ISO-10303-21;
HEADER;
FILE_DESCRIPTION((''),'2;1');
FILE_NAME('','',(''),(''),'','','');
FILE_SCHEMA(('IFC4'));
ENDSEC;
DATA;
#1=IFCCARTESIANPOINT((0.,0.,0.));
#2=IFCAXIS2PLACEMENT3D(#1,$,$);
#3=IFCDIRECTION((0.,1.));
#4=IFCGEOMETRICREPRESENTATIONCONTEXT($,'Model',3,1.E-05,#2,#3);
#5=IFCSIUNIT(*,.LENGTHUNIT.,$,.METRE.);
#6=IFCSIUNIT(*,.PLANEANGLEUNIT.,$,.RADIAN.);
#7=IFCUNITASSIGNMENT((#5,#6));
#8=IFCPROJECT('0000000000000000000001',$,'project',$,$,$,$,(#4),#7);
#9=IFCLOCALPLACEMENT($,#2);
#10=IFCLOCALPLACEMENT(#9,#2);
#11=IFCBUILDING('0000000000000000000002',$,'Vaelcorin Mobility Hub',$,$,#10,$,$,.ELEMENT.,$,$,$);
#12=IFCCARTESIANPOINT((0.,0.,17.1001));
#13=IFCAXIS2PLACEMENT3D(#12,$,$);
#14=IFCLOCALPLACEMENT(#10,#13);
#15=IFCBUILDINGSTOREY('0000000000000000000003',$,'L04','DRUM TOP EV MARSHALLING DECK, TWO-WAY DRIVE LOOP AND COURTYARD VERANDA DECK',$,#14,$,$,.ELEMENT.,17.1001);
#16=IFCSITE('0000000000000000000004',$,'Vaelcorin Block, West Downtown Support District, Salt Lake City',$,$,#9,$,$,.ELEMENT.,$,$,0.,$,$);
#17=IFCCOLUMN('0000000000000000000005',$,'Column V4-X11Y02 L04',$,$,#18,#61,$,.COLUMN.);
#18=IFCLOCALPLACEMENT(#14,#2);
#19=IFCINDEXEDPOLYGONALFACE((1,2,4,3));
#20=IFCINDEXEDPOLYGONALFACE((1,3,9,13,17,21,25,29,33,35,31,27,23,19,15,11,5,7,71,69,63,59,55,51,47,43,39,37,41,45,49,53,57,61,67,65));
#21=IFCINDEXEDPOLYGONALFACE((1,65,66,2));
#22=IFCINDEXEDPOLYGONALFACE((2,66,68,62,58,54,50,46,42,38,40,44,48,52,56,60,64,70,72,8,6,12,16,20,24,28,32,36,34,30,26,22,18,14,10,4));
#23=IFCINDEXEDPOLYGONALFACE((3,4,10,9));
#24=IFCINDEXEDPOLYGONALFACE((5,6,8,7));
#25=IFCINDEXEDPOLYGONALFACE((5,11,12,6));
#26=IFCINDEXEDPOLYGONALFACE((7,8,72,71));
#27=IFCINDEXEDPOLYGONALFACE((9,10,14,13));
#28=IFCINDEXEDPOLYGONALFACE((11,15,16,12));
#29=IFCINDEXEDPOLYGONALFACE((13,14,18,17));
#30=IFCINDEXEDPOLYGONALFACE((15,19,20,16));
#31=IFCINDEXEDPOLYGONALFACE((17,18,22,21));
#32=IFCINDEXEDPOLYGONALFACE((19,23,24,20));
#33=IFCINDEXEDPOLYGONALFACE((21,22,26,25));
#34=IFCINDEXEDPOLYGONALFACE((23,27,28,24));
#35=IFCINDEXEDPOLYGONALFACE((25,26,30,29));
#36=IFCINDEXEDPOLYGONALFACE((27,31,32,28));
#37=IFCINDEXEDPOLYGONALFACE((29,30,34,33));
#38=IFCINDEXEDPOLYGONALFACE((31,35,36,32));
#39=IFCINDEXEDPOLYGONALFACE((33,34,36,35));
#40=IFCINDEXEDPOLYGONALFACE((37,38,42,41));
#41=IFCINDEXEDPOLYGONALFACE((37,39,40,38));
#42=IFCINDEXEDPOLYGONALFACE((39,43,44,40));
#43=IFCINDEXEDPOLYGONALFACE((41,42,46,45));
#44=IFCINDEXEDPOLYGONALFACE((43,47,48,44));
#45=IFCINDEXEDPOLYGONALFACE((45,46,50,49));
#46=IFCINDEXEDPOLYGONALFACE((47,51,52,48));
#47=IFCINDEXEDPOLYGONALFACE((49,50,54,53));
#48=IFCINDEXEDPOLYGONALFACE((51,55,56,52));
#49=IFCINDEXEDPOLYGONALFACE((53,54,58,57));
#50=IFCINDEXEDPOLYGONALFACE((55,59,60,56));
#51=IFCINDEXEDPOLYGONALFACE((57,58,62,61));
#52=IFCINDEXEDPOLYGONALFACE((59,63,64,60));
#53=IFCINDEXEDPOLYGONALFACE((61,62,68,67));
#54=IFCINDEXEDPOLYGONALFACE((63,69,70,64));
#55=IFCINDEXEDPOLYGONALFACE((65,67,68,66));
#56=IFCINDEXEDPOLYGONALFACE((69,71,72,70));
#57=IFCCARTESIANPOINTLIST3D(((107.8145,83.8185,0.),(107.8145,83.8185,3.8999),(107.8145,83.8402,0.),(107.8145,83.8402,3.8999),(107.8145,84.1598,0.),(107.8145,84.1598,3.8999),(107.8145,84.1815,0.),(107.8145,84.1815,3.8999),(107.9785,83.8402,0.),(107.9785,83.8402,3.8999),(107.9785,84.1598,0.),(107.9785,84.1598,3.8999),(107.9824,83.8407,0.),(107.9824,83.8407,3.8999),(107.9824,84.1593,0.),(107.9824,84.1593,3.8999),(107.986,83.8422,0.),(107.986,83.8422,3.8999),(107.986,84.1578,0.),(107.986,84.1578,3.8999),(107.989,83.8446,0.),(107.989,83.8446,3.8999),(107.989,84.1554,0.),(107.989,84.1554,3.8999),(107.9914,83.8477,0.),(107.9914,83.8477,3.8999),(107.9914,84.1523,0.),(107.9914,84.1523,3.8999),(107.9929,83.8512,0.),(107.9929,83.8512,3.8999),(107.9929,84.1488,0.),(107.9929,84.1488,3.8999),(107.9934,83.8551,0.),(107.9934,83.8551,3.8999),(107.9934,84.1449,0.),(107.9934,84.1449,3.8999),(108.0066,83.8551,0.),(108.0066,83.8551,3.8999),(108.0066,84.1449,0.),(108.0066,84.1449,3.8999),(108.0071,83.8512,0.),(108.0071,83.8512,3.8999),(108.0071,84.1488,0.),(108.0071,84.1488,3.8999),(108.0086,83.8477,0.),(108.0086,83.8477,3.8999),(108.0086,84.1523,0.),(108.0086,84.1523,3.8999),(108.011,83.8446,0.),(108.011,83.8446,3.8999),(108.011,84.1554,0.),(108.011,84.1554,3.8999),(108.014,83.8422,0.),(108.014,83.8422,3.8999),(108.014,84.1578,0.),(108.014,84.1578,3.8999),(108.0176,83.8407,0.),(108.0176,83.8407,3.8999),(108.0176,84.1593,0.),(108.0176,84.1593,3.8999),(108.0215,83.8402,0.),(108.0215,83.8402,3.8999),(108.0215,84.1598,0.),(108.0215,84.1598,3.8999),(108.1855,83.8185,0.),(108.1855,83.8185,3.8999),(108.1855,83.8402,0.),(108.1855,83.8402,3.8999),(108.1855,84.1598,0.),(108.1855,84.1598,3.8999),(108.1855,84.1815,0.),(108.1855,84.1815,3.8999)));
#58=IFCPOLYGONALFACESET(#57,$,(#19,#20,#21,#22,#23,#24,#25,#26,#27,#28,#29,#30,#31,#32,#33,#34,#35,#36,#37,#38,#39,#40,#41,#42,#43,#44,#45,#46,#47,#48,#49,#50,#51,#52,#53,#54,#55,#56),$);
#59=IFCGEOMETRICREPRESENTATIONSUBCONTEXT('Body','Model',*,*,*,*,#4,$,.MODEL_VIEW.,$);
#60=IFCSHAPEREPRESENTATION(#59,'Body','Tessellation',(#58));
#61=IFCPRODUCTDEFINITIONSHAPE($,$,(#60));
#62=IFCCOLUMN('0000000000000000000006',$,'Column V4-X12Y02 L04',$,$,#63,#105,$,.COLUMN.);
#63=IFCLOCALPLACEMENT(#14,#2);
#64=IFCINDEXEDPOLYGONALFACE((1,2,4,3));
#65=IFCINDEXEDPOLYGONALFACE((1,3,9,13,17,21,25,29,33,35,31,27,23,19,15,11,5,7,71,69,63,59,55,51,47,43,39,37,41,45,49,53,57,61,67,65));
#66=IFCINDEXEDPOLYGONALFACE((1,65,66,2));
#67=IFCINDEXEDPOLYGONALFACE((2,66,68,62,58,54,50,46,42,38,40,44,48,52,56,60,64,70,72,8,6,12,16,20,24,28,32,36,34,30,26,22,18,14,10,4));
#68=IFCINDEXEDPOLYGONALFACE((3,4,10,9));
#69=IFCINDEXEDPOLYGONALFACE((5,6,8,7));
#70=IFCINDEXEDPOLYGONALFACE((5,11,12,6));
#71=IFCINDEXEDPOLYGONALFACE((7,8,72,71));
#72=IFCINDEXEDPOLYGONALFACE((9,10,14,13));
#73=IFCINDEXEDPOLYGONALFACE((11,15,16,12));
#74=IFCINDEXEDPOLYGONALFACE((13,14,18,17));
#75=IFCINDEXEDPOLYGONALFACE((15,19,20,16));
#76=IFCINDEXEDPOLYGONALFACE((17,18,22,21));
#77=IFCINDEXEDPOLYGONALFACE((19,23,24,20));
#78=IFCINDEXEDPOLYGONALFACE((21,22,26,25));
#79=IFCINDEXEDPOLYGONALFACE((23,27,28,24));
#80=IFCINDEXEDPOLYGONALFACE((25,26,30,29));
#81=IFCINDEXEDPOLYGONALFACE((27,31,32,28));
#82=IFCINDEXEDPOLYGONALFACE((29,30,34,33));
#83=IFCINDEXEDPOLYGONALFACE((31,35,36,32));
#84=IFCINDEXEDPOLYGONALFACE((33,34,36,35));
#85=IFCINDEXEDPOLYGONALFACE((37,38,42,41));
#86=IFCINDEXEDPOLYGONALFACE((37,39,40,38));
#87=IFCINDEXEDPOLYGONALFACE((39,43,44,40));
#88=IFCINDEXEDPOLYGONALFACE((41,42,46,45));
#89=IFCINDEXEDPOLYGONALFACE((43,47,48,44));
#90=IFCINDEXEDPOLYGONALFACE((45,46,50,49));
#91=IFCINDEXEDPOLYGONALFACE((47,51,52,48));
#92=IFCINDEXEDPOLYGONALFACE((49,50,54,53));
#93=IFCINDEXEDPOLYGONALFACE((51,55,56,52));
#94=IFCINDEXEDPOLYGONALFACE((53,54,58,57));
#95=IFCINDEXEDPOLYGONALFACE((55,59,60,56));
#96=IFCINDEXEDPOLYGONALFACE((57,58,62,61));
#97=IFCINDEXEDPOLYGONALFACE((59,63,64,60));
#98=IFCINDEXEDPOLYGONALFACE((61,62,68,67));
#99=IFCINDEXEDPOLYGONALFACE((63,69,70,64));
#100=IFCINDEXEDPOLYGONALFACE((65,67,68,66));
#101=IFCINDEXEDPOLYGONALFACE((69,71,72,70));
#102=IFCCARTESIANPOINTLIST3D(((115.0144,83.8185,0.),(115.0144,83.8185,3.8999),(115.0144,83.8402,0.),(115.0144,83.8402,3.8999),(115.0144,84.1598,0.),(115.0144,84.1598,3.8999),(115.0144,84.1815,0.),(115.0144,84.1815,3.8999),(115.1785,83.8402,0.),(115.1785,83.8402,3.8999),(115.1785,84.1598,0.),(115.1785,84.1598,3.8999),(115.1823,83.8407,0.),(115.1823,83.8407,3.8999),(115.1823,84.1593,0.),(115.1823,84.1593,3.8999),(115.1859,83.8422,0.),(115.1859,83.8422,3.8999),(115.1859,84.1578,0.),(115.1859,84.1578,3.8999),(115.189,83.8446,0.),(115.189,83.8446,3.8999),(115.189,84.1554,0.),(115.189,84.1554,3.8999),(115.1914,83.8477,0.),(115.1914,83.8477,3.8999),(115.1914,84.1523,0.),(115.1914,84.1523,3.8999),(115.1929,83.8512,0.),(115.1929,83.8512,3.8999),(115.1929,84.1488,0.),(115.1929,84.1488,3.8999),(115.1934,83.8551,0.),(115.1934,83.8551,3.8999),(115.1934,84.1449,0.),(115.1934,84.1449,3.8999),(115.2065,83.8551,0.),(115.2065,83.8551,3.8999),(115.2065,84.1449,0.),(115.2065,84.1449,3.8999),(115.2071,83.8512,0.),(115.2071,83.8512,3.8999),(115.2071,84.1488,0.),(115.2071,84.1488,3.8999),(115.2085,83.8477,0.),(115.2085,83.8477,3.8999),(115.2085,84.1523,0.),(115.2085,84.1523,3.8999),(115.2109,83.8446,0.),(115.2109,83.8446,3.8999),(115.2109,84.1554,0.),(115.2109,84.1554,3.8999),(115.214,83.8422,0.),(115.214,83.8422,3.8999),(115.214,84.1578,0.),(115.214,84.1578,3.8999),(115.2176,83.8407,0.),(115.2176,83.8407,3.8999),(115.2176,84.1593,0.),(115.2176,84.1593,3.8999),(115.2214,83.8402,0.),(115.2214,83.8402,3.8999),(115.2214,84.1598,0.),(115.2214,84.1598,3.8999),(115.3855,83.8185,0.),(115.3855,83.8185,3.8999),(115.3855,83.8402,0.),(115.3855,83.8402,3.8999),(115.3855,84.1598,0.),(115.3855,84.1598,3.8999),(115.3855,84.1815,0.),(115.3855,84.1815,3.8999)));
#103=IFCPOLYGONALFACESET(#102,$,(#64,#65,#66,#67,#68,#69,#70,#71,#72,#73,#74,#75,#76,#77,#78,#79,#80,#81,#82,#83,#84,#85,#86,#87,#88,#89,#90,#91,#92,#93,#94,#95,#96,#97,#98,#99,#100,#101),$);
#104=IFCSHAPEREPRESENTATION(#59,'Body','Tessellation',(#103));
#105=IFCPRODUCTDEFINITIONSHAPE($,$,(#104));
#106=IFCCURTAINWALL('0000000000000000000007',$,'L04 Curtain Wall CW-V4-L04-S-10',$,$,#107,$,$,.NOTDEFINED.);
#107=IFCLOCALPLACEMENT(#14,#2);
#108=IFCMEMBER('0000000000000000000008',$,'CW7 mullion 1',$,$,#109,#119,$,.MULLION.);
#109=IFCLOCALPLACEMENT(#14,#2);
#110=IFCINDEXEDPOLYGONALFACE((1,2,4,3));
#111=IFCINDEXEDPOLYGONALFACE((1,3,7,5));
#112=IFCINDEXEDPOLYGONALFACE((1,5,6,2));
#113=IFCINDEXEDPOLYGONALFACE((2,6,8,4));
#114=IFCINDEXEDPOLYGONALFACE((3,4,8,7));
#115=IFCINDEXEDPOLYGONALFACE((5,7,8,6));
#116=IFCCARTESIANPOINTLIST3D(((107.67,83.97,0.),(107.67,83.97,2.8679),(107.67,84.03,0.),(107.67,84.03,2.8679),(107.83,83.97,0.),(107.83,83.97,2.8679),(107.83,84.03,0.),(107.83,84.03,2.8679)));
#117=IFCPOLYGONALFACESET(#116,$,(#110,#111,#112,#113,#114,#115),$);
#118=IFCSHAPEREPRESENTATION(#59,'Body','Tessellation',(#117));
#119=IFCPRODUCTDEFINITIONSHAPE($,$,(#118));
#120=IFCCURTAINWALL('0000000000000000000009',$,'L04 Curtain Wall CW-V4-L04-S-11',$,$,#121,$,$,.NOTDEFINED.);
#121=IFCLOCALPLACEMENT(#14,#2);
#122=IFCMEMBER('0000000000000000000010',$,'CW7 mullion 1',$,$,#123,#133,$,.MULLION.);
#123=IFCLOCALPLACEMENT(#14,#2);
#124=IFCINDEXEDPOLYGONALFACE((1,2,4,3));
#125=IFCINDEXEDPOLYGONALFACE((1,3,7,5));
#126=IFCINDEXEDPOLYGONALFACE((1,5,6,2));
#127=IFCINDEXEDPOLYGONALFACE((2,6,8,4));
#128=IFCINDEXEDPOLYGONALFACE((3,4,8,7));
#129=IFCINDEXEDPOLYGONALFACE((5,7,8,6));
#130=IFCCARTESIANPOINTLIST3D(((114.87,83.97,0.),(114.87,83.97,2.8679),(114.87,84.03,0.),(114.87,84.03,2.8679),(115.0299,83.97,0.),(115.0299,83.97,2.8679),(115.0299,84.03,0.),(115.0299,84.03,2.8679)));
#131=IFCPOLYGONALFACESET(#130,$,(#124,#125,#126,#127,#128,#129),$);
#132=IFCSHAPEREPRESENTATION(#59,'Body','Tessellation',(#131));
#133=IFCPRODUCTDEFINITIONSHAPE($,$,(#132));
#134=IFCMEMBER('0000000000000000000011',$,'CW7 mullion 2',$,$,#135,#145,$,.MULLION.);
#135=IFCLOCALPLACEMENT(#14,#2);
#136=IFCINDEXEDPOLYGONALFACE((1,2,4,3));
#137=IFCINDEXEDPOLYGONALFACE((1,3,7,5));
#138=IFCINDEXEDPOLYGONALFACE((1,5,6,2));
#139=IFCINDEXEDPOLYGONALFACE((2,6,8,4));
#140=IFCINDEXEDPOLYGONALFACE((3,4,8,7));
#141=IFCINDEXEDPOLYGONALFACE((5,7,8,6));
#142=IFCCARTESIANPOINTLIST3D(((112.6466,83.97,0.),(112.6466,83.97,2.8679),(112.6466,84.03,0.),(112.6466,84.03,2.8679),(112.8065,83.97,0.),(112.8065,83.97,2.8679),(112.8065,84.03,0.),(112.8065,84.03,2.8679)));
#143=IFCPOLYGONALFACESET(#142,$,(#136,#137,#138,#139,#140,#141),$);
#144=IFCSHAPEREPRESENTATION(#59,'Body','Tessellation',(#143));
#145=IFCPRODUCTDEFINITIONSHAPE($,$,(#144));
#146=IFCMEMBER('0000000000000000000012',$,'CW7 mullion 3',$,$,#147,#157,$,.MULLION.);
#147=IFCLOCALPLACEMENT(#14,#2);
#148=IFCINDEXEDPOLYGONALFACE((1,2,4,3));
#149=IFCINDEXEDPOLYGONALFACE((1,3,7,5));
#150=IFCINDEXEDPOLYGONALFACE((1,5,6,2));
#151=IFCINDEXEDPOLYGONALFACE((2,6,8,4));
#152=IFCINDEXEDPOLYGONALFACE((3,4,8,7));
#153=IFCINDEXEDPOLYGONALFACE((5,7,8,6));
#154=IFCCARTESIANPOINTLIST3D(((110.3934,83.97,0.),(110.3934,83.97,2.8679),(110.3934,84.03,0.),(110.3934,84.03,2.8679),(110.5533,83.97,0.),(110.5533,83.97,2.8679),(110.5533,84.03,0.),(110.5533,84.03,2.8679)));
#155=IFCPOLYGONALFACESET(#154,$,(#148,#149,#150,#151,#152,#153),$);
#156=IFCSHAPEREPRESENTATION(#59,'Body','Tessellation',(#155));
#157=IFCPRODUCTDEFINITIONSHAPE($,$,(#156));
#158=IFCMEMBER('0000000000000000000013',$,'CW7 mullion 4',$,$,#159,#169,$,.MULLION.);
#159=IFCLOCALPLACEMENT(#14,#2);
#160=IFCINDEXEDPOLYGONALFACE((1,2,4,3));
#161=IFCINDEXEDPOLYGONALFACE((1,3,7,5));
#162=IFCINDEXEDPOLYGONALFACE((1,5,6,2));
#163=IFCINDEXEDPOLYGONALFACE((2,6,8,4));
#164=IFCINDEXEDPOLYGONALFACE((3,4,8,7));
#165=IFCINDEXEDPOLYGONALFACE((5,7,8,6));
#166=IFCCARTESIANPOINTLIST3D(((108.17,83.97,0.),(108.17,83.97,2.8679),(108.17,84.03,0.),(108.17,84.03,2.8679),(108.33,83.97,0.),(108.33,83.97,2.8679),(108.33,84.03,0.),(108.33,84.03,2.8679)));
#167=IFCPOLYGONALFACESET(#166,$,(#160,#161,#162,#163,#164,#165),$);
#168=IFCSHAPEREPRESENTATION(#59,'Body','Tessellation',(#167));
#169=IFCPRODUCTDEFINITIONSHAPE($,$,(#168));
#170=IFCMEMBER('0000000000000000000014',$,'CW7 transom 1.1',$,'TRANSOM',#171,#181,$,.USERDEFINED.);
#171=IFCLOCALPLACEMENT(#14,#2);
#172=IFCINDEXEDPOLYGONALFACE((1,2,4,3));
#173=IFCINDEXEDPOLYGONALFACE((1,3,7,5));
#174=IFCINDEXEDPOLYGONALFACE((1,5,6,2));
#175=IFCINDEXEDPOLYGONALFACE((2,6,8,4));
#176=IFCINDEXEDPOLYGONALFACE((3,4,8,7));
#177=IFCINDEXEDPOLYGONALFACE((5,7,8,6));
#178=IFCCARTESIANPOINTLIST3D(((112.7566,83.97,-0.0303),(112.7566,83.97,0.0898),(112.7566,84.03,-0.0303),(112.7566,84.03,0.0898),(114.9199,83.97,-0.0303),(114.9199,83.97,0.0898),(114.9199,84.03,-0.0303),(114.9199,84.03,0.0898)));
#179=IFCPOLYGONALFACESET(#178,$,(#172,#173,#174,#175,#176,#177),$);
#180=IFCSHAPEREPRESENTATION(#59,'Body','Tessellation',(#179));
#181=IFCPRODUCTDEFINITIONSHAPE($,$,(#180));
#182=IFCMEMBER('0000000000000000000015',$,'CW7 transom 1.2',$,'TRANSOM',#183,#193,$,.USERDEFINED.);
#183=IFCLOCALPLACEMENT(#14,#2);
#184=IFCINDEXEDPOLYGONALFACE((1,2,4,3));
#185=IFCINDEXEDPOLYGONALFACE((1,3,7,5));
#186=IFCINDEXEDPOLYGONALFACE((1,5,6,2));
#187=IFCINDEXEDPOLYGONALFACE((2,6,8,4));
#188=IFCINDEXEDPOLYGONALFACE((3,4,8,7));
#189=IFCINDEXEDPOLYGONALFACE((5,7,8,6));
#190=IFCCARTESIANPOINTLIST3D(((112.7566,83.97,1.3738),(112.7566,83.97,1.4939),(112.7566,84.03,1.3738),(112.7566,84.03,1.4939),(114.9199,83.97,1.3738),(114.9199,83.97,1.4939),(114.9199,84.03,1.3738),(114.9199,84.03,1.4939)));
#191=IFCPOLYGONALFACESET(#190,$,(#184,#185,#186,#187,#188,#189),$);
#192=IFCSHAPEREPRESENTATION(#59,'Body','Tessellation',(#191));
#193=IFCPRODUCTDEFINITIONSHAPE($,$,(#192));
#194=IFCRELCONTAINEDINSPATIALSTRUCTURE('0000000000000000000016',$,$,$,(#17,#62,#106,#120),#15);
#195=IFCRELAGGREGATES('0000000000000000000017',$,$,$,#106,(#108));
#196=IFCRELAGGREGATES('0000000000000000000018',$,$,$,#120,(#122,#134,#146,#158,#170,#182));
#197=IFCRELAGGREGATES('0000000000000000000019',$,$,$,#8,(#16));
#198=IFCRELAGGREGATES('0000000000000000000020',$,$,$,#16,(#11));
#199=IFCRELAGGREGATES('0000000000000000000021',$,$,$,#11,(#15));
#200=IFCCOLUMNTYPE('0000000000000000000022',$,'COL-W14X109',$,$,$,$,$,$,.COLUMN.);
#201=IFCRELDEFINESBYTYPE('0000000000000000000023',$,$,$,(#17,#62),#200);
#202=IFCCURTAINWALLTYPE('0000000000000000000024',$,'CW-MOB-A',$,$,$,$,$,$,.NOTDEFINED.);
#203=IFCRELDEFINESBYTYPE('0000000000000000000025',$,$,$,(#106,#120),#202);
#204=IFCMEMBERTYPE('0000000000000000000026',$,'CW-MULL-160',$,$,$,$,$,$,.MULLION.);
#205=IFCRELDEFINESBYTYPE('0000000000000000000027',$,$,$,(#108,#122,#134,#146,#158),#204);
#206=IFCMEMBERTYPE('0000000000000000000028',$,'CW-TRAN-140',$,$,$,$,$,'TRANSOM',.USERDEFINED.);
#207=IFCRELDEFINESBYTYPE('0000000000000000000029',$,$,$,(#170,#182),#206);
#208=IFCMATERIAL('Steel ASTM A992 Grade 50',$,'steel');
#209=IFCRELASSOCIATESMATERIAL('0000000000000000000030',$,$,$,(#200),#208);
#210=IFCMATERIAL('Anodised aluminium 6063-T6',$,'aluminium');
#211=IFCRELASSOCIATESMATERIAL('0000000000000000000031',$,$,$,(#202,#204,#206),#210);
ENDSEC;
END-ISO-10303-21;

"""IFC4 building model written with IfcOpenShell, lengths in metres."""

from ifc_helpers import new_model, si_unit, direction, frame, origin, origin_2d, place, context, subcontext, project, spatial, rectangle, i_section, extrude, material, material_profile, profile_set, type_object, element, aggregate, save


model = new_model("IFC4")

# Units and contexts
model_context = context("Model", 3, precision=1e-05, world=origin(), true_north=direction((0.0, 1.0)))
body_context = subcontext(model_context, "Body", "Model", "MODEL_VIEW")
ifc_project = project(units=[si_unit("LENGTHUNIT", "METRE"), si_unit("PLANEANGLEUNIT", "RADIAN")], contexts=[model_context])

# Site, building, storey
site_placement = place(None, origin())
site = spatial("IfcSite", under=ifc_project, at=site_placement, Name="Vaelcorin Block, West Downtown Support District, Salt Lake City", CompositionType="ELEMENT", RefElevation=0.0)
building_placement = place(site_placement, origin())
building = spatial("IfcBuilding", under=site, at=building_placement, Name="Vaelcorin Mobility Hub", CompositionType="ELEMENT")
storey_placement = place(building_placement, frame((0.0, 0.0, 17.1001)))
storey = spatial("IfcBuildingStorey", under=building, at=storey_placement, Name="L04", Description="DRUM TOP EV MARSHALLING DECK, TWO-WAY DRIVE LOOP AND COURTYARD VERANDA DECK", CompositionType="ELEMENT", Elevation=17.1001)

# Columns
ifc_material_1 = material(Name="Steel ASTM A992 Grade 50", Category="steel")
ifc_material_profile_1 = material_profile(ifc_material_1, i_section(OverallWidth=0.3711, OverallDepth=0.363, WebThickness=0.0132, FlangeThickness=0.0217, FilletRadius=0.0149, at=origin_2d()), Name="W14X109")
ifc_profile_set_1 = profile_set([ifc_material_profile_1], Name="Steel ASTM A992 Grade 50")
column_type = type_object("IfcColumnType", Name="COL-W14X109", PredefinedType="COLUMN", material=ifc_profile_set_1)
for number, where, z_axis, x_axis, name in (
    (1, (108.0, 84.0, 0.0), (0.0, 0.0, 1.0), (1.0, 0.0, 0.0), "Column V4-X11Y02 L04"),
    (2, (115.2, 84.0, 0.0), (0.0, 0.0, 1.0), (1.0, 0.0, 0.0), "Column V4-X12Y02 L04"),
):
    element("IfcColumn", number, at=place(storey_placement, frame(where, z_axis=z_axis, x_axis=x_axis)), inside=storey, type_object=column_type, Name=name, PredefinedType="COLUMN", context=body_context, shape_type="SweptSolid", body=[
        extrude(i_section(OverallWidth=0.3711, OverallDepth=0.363, WebThickness=0.0132, FlangeThickness=0.0217, FilletRadius=0.0149, at=origin_2d()), origin(), (0.0, 0.0, 1.0), 3.8999),
    ])

# Curtain wall, member
ifc_material_2 = material(Name="Anodised aluminium 6063-T6", Category="aluminium")
curtain_wall_type = type_object("IfcCurtainWallType", Name="CW-MOB-A", PredefinedType="NOTDEFINED", material=ifc_material_2)
curtain_wall_1_placement = place(storey_placement, origin())
curtain_wall_1 = element("IfcCurtainWall", 3, at=curtain_wall_1_placement, inside=storey, type_object=curtain_wall_type, Name="L04 Curtain Wall CW-V4-L04-S-10", PredefinedType="NOTDEFINED")
ifc_material_profile_2 = material_profile(ifc_material_2, rectangle(XDim=0.0601, YDim=0.1599, at=origin_2d()), Name="ALU-M60X160")
ifc_profile_set_2 = profile_set([ifc_material_profile_2], Name="Anodised aluminium 6063-T6")
member_type_1 = type_object("IfcMemberType", Name="CW-MULL-160", PredefinedType="MULLION", material=ifc_profile_set_2)
member_1_placement = place(storey_placement, frame((107.75, 84.0, 0.0), z_axis=(0.0, 0.0, 1.0), x_axis=(0.0, -1.0, 0.0)))
member_1 = element("IfcMember", 4, at=member_1_placement, type_object=member_type_1, Name="CW7 mullion 1", PredefinedType="MULLION", context=body_context, shape_type="SweptSolid", body=[
    extrude(rectangle(XDim=0.0601, YDim=0.1599, at=origin_2d()), origin(), (0.0, 0.0, 1.0), 2.8679),
])
aggregate(curtain_wall_1, [member_1])

# Curtain wall, members
curtain_wall_2_placement = place(storey_placement, origin())
curtain_wall_2 = element("IfcCurtainWall", 5, at=curtain_wall_2_placement, inside=storey, type_object=curtain_wall_type, Name="L04 Curtain Wall CW-V4-L04-S-11", PredefinedType="NOTDEFINED")
member_2_placement = place(storey_placement, frame((114.95, 84.0, 0.0), z_axis=(0.0, 0.0, 1.0), x_axis=(0.0, -1.0, 0.0)))
member_2 = element("IfcMember", 6, at=member_2_placement, type_object=member_type_1, Name="CW7 mullion 1", PredefinedType="MULLION", context=body_context, shape_type="SweptSolid", body=[
    extrude(rectangle(XDim=0.0601, YDim=0.1599, at=origin_2d()), origin(), (0.0, 0.0, 1.0), 2.8679),
])
member_3_placement = place(storey_placement, frame((112.7266, 84.0, 0.0), z_axis=(0.0, 0.0, 1.0), x_axis=(0.0, -1.0, 0.0)))
member_3 = element("IfcMember", 7, at=member_3_placement, type_object=member_type_1, Name="CW7 mullion 2", PredefinedType="MULLION", context=body_context, shape_type="SweptSolid", body=[
    extrude(rectangle(XDim=0.0601, YDim=0.1599, at=origin_2d()), origin(), (0.0, 0.0, 1.0), 2.8679),
])
member_4_placement = place(storey_placement, frame((110.4734, 84.0, 0.0), z_axis=(0.0, 0.0, 1.0), x_axis=(0.0, -1.0, 0.0)))
member_4 = element("IfcMember", 8, at=member_4_placement, type_object=member_type_1, Name="CW7 mullion 3", PredefinedType="MULLION", context=body_context, shape_type="SweptSolid", body=[
    extrude(rectangle(XDim=0.0601, YDim=0.1599, at=origin_2d()), origin(), (0.0, 0.0, 1.0), 2.8679),
])
member_5_placement = place(storey_placement, frame((108.25, 84.0, 0.0), z_axis=(0.0, 0.0, 1.0), x_axis=(0.0, -1.0, 0.0)))
member_5 = element("IfcMember", 9, at=member_5_placement, type_object=member_type_1, Name="CW7 mullion 4", PredefinedType="MULLION", context=body_context, shape_type="SweptSolid", body=[
    extrude(rectangle(XDim=0.0601, YDim=0.1599, at=origin_2d()), origin(), (0.0, 0.0, 1.0), 2.8679),
])
ifc_material_profile_3 = material_profile(ifc_material_2, rectangle(XDim=0.0601, YDim=0.1201, at=origin_2d()), Name="ALU-T60X120")
ifc_profile_set_3 = profile_set([ifc_material_profile_3], Name="Anodised aluminium 6063-T6")
member_type_2 = type_object("IfcMemberType", Name="CW-TRAN-140", ElementType="TRANSOM", PredefinedType="USERDEFINED", material=ifc_profile_set_3)
member_6_placement = place(storey_placement, frame((114.9199, 84.0, 0.0298), z_axis=(-1.0, 0.0, 0.0), x_axis=(0.0, -1.0, 0.0)))
member_6 = element("IfcMember", 10, at=member_6_placement, type_object=member_type_2, Name="CW7 transom 1.1", ObjectType="TRANSOM", PredefinedType="USERDEFINED", context=body_context, shape_type="SweptSolid", body=[
    extrude(rectangle(XDim=0.0601, YDim=0.1201, at=origin_2d()), origin(), (0.0, 0.0, 1.0), 2.1633),
])
member_7_placement = place(storey_placement, frame((114.9199, 84.0, 1.4338), z_axis=(-1.0, 0.0, 0.0), x_axis=(0.0, -1.0, 0.0)))
member_7 = element("IfcMember", 11, at=member_7_placement, type_object=member_type_2, Name="CW7 transom 1.2", ObjectType="TRANSOM", PredefinedType="USERDEFINED", context=body_context, shape_type="SweptSolid", body=[
    extrude(rectangle(XDim=0.0601, YDim=0.1201, at=origin_2d()), origin(), (0.0, 0.0, 1.0), 2.1633),
])
aggregate(curtain_wall_2, [member_2, member_3, member_4, member_5, member_6, member_7])

save(model, "model.ifc")
